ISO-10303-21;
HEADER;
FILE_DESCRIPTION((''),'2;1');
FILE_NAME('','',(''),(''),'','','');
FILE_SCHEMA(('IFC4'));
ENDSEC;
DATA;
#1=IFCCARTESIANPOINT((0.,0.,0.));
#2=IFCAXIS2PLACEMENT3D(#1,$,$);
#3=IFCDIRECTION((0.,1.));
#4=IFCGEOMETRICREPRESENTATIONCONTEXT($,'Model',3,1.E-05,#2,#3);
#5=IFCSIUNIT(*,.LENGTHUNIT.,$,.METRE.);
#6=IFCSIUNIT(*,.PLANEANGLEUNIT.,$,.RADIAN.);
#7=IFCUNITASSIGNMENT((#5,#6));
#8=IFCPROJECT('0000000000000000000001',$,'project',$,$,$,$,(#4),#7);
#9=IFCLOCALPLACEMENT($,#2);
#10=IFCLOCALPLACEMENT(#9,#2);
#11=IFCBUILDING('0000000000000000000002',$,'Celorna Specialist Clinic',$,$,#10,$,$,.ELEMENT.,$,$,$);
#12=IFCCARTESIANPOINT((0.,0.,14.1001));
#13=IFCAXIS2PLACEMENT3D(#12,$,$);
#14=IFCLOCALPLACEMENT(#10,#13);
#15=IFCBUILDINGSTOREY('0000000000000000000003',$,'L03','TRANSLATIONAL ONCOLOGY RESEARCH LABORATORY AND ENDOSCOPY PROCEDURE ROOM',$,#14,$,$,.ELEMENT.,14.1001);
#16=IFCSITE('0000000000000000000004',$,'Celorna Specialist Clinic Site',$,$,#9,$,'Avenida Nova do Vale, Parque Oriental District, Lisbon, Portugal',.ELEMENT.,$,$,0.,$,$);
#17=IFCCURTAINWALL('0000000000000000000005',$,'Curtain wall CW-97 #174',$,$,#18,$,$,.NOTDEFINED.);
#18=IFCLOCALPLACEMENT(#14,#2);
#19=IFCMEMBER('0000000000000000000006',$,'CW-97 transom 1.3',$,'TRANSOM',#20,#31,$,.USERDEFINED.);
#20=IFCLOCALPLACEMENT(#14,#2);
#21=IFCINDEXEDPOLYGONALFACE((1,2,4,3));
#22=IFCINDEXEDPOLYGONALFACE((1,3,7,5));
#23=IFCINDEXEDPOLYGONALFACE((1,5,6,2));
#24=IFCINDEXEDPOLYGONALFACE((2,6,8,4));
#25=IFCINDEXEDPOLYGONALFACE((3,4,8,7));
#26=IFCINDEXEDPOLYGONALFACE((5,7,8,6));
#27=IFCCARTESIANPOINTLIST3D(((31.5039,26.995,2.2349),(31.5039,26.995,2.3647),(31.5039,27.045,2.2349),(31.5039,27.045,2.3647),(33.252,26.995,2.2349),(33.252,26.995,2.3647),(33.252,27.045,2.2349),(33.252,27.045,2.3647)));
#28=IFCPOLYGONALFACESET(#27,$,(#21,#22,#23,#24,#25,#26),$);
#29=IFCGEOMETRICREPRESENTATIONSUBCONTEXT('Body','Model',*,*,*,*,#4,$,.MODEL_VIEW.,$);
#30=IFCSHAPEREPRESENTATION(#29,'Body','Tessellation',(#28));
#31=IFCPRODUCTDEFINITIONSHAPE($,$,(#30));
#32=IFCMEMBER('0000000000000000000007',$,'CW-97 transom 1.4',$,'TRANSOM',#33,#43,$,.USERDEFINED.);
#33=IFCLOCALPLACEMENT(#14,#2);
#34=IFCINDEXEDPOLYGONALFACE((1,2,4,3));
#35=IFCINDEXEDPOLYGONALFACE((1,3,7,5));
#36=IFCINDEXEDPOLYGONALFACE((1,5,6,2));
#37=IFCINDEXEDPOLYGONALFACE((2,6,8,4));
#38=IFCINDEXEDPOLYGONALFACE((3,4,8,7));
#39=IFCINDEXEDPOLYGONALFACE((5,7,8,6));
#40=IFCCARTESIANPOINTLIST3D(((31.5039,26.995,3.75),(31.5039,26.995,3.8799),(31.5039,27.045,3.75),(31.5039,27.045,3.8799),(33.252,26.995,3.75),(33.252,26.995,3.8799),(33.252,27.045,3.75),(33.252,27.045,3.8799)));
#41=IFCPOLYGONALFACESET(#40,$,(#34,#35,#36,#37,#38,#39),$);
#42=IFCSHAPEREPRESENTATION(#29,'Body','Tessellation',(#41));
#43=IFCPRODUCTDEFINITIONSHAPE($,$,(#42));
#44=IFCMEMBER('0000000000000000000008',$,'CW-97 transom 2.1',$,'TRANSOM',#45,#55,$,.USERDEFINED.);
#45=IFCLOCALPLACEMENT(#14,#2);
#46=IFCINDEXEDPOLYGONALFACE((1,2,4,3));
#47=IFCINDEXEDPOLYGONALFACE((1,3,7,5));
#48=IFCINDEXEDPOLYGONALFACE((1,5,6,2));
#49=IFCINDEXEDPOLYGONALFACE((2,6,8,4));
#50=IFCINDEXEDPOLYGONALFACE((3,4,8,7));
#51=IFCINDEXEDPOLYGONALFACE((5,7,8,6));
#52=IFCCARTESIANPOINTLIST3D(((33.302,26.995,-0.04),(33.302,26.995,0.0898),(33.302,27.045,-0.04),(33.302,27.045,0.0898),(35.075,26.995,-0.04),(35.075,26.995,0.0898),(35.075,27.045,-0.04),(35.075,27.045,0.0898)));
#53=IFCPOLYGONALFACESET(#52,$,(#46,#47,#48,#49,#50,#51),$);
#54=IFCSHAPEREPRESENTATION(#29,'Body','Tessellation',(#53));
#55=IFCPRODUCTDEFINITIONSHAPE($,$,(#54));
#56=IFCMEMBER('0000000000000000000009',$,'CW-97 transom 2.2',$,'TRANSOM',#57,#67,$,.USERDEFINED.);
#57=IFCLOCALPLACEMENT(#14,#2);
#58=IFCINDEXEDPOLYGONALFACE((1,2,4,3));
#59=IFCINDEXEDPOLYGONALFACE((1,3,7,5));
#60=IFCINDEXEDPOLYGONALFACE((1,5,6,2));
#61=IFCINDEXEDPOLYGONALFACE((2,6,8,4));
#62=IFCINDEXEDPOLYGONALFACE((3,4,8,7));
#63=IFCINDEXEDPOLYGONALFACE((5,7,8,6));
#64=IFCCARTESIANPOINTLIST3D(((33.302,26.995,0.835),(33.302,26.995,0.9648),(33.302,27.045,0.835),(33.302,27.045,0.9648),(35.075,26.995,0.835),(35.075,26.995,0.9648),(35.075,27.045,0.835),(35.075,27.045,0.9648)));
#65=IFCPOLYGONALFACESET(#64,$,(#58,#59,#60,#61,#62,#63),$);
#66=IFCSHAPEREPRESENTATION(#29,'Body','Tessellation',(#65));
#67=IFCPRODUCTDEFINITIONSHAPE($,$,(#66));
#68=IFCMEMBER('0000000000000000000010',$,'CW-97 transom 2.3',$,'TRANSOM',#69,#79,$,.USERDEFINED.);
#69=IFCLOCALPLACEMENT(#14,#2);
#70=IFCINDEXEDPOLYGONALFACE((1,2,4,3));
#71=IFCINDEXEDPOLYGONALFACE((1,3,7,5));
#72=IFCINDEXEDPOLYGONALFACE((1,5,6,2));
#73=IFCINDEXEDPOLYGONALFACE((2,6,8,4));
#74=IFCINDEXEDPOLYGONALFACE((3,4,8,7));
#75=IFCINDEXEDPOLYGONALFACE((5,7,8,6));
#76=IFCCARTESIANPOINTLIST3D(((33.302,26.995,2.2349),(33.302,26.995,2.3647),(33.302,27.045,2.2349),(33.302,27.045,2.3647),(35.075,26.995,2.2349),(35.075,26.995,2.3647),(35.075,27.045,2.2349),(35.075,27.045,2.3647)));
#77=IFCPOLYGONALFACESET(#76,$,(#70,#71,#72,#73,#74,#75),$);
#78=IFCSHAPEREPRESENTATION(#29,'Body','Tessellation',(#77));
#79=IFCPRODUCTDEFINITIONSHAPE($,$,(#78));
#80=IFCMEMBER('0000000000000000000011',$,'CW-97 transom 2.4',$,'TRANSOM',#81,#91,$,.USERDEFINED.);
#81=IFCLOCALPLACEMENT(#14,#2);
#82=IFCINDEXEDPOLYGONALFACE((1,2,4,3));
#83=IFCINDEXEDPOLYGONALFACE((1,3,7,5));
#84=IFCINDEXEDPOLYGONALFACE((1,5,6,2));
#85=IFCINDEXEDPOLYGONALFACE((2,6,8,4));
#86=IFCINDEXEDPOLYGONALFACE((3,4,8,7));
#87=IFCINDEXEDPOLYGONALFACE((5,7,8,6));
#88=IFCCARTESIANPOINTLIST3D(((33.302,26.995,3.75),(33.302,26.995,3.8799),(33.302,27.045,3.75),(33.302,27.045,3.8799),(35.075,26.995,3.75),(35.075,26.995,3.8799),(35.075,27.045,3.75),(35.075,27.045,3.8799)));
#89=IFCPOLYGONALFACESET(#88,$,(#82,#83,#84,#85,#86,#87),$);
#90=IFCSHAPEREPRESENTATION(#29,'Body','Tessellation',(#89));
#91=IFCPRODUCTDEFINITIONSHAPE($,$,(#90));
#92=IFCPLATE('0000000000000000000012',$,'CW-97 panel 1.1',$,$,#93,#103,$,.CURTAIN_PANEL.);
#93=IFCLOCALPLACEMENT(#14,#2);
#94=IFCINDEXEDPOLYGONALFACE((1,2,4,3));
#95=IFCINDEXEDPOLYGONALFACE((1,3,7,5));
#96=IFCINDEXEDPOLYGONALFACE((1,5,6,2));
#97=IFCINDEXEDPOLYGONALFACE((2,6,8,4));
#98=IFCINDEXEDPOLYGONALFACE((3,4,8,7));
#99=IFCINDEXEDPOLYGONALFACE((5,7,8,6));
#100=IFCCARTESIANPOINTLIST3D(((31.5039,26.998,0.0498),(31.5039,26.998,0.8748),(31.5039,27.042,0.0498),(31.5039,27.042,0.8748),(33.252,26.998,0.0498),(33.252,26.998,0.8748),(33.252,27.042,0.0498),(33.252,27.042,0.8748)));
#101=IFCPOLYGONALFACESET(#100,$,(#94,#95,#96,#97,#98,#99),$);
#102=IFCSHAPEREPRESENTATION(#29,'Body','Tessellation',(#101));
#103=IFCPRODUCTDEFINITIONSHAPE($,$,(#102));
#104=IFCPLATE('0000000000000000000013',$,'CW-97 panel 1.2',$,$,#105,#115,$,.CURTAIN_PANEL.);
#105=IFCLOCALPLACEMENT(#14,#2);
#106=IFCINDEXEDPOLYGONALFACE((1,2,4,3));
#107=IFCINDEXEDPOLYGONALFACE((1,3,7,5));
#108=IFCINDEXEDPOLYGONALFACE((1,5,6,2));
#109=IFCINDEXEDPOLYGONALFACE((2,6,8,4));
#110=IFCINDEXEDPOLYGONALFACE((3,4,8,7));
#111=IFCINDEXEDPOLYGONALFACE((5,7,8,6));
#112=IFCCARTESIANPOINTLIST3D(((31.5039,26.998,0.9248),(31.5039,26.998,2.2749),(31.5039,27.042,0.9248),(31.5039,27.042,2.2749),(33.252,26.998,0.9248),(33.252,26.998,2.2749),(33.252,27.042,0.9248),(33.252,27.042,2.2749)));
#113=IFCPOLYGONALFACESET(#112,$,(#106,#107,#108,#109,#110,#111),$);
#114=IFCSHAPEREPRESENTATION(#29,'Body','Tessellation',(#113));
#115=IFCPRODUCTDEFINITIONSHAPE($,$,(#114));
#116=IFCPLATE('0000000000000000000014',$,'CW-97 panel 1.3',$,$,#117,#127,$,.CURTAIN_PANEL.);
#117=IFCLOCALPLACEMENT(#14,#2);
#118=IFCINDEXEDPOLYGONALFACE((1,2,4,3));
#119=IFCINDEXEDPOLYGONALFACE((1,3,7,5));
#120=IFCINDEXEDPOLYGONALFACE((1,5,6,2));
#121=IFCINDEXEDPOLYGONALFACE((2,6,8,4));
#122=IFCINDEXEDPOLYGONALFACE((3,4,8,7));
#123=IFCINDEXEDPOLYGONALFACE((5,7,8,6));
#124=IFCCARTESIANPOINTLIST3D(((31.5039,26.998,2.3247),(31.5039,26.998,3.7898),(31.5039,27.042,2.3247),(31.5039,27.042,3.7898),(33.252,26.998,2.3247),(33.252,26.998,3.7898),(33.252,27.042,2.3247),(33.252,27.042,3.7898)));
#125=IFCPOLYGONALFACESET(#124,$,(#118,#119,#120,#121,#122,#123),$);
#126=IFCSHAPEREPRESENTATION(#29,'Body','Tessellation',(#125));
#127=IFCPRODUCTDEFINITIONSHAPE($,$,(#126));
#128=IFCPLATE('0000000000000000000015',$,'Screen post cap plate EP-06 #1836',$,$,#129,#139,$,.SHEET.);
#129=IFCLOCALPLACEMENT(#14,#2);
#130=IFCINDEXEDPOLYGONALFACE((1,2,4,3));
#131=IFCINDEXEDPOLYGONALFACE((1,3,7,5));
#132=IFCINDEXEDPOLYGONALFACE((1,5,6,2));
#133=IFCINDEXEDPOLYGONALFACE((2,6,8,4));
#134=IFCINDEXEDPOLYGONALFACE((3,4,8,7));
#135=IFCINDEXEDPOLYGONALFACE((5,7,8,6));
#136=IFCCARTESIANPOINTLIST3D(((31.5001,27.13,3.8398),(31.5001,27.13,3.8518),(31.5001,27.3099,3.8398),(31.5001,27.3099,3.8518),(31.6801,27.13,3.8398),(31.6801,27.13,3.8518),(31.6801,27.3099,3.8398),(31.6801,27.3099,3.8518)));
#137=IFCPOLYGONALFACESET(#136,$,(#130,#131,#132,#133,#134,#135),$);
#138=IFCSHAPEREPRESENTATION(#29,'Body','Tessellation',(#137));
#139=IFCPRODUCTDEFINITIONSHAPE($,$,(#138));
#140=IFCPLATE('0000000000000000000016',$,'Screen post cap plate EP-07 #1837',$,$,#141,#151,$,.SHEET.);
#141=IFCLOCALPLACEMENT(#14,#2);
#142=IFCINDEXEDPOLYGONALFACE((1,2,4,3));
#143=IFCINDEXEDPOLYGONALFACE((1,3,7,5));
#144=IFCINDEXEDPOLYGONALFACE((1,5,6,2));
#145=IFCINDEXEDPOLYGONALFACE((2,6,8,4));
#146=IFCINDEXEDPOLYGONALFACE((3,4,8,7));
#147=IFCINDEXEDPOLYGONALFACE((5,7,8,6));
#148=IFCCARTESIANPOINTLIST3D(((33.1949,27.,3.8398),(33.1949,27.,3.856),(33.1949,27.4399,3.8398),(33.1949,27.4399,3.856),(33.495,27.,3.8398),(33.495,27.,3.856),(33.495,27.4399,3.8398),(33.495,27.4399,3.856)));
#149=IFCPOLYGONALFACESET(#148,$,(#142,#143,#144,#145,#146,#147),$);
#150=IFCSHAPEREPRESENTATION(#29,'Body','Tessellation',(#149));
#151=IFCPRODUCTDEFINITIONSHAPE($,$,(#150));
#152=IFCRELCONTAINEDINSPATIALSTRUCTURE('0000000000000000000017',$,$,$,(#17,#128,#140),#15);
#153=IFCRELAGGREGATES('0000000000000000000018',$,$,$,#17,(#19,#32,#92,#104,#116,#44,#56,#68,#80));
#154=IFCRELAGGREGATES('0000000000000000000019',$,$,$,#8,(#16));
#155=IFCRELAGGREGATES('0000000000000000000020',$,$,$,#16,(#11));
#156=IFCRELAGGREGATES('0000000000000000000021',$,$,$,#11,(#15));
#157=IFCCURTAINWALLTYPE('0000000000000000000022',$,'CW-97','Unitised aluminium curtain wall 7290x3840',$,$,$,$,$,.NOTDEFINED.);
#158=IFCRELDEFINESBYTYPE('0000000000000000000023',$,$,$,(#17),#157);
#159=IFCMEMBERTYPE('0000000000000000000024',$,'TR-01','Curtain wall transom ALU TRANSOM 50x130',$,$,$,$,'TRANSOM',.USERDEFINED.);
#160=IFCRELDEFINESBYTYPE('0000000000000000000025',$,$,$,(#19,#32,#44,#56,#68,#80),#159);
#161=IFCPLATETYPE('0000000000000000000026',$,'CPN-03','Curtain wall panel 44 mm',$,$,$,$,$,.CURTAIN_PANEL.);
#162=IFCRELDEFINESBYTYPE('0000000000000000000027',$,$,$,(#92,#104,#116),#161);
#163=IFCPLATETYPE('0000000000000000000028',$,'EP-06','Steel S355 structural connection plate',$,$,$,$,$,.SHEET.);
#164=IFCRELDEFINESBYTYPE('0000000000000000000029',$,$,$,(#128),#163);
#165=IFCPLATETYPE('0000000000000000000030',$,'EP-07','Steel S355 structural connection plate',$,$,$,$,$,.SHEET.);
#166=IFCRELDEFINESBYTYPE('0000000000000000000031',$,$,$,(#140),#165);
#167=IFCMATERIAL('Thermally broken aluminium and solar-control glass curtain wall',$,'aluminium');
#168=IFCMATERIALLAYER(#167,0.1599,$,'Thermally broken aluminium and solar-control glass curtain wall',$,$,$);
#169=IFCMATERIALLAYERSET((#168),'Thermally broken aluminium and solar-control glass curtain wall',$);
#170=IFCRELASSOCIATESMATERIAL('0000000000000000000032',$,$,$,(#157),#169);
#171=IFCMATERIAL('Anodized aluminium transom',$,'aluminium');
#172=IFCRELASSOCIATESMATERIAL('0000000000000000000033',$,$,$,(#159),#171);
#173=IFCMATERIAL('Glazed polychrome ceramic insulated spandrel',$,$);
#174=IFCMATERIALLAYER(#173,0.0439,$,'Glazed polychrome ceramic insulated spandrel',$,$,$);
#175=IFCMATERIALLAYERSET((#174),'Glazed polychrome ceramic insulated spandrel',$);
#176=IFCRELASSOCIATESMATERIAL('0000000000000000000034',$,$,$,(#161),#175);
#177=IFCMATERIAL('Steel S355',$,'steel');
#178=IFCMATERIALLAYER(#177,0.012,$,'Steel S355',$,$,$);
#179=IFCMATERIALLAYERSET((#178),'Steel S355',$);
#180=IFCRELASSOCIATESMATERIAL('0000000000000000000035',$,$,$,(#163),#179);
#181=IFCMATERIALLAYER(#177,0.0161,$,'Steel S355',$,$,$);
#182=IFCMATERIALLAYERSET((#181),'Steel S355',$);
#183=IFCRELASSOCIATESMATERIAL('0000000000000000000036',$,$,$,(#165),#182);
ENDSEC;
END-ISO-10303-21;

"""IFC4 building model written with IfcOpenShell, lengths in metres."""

from ifc_helpers import new_model, si_unit, direction, frame, origin, origin_2d, place, context, subcontext, project, spatial, rectangle, extrude, material, layer, layer_set, material_profile, profile_set, type_object, element, aggregate, save


model = new_model("IFC4")

# Units and contexts
model_context = context("Model", 3, precision=1e-05, world=origin(), true_north=direction((0.0, 1.0)))
body_context = subcontext(model_context, "Body", "Model", "MODEL_VIEW")
ifc_project = project(units=[si_unit("LENGTHUNIT", "METRE"), si_unit("PLANEANGLEUNIT", "RADIAN")], contexts=[model_context])

# Site, building, storey
site_placement = place(None, origin())
site = spatial("IfcSite", under=ifc_project, at=site_placement, Name="Celorna Specialist Clinic Site", LongName="Avenida Nova do Vale, Parque Oriental District, Lisbon, Portugal", CompositionType="ELEMENT", RefElevation=0.0)
building_placement = place(site_placement, origin())
building = spatial("IfcBuilding", under=site, at=building_placement, Name="Celorna Specialist Clinic", CompositionType="ELEMENT")
storey_placement = place(building_placement, frame((0.0, 0.0, 14.1001)))
storey = spatial("IfcBuildingStorey", under=building, at=storey_placement, Name="L03", Description="TRANSLATIONAL ONCOLOGY RESEARCH LABORATORY AND ENDOSCOPY PROCEDURE ROOM", CompositionType="ELEMENT", Elevation=14.1001)

# Shared definitions
ifc_material_1 = material(Name="Steel S355", Category="steel")

# Curtain wall, members, plates
ifc_material_2 = material(Name="Thermally broken aluminium and solar-control glass curtain wall", Category="aluminium")
ifc_layer_1 = layer(ifc_material_2, 0.1599, Name="Thermally broken aluminium and solar-control glass curtain wall")
ifc_layer_set_1 = layer_set([ifc_layer_1], Name="Thermally broken aluminium and solar-control glass curtain wall")
curtain_wall_type = type_object("IfcCurtainWallType", Name="CW-97", Description="Unitised aluminium curtain wall 7290x3840", PredefinedType="NOTDEFINED", material=ifc_layer_set_1)
curtain_wall_placement = place(storey_placement, origin())
curtain_wall = element("IfcCurtainWall", 1, at=curtain_wall_placement, inside=storey, type_object=curtain_wall_type, Name="Curtain wall CW-97 #174", PredefinedType="NOTDEFINED")
ifc_material_3 = material(Name="Anodized aluminium transom", Category="aluminium")
ifc_material_profile_1 = material_profile(ifc_material_3, rectangle(XDim=0.05, YDim=0.1299, at=origin_2d()), Name="ALU TRANSOM 50x130")
ifc_profile_set_1 = profile_set([ifc_material_profile_1], Name="Anodized aluminium transom")
member_type_1 = type_object("IfcMemberType", Name="TR-01", Description="Curtain wall transom ALU TRANSOM 50x130", ElementType="TRANSOM", PredefinedType="USERDEFINED", material=ifc_profile_set_1)
member_1_placement = place(storey_placement, frame((31.5039, 27.02, 2.2998), z_axis=(1.0, 0.0, 0.0), x_axis=(0.0, 1.0, 0.0)))
member_1 = element("IfcMember", 2, at=member_1_placement, type_object=member_type_1, Name="CW-97 transom 1.3", ObjectType="TRANSOM", PredefinedType="USERDEFINED", context=body_context, shape_type="SweptSolid", body=[
    extrude(rectangle(XDim=0.05, YDim=0.1299, at=origin_2d()), origin(), (0.0, 0.0, 1.0), 1.748),
])
member_2_placement = place(storey_placement, frame((31.5039, 27.02, 3.8149), z_axis=(1.0, 0.0, 0.0), x_axis=(0.0, 1.0, 0.0)))
member_2 = element("IfcMember", 3, at=member_2_placement, type_object=member_type_1, Name="CW-97 transom 1.4", ObjectType="TRANSOM", PredefinedType="USERDEFINED", context=body_context, shape_type="SweptSolid", body=[
    extrude(rectangle(XDim=0.05, YDim=0.1299, at=origin_2d()), origin(), (0.0, 0.0, 1.0), 1.748),
])
member_3_placement = place(storey_placement, frame((33.302, 27.02, 0.0249), z_axis=(1.0, 0.0, 0.0), x_axis=(0.0, 1.0, 0.0)))
member_3 = element("IfcMember", 4, at=member_3_placement, type_object=member_type_1, Name="CW-97 transom 2.1", ObjectType="TRANSOM", PredefinedType="USERDEFINED", context=body_context, shape_type="SweptSolid", body=[
    extrude(rectangle(XDim=0.05, YDim=0.1299, at=origin_2d()), origin(), (0.0, 0.0, 1.0), 1.7729),
])
member_4_placement = place(storey_placement, frame((33.302, 27.02, 0.8999), z_axis=(1.0, 0.0, 0.0), x_axis=(0.0, 1.0, 0.0)))
member_4 = element("IfcMember", 5, at=member_4_placement, type_object=member_type_1, Name="CW-97 transom 2.2", ObjectType="TRANSOM", PredefinedType="USERDEFINED", context=body_context, shape_type="SweptSolid", body=[
    extrude(rectangle(XDim=0.05, YDim=0.1299, at=origin_2d()), origin(), (0.0, 0.0, 1.0), 1.7729),
])
member_5_placement = place(storey_placement, frame((33.302, 27.02, 2.2998), z_axis=(1.0, 0.0, 0.0), x_axis=(0.0, 1.0, 0.0)))
member_5 = element("IfcMember", 6, at=member_5_placement, type_object=member_type_1, Name="CW-97 transom 2.3", ObjectType="TRANSOM", PredefinedType="USERDEFINED", context=body_context, shape_type="SweptSolid", body=[
    extrude(rectangle(XDim=0.05, YDim=0.1299, at=origin_2d()), origin(), (0.0, 0.0, 1.0), 1.7729),
])
member_6_placement = place(storey_placement, frame((33.302, 27.02, 3.8149), z_axis=(1.0, 0.0, 0.0), x_axis=(0.0, 1.0, 0.0)))
member_6 = element("IfcMember", 7, at=member_6_placement, type_object=member_type_1, Name="CW-97 transom 2.4", ObjectType="TRANSOM", PredefinedType="USERDEFINED", context=body_context, shape_type="SweptSolid", body=[
    extrude(rectangle(XDim=0.05, YDim=0.1299, at=origin_2d()), origin(), (0.0, 0.0, 1.0), 1.7729),
])
ifc_material_4 = material(Name="Glazed polychrome ceramic insulated spandrel")
ifc_layer_2 = layer(ifc_material_4, 0.0439, Name="Glazed polychrome ceramic insulated spandrel")
ifc_layer_set_2 = layer_set([ifc_layer_2], Name="Glazed polychrome ceramic insulated spandrel")
plate_type_1 = type_object("IfcPlateType", Name="CPN-03", Description="Curtain wall panel 44 mm", PredefinedType="CURTAIN_PANEL", material=ifc_layer_set_2)
plate_1_placement = place(storey_placement, frame((32.3779, 27.02, 0.0498), z_axis=(0.0, 0.0, 1.0), x_axis=(1.0, 0.0, 0.0)))
plate_1 = element("IfcPlate", 8, at=plate_1_placement, type_object=plate_type_1, Name="CW-97 panel 1.1", PredefinedType="CURTAIN_PANEL", context=body_context, shape_type="SweptSolid", body=[
    extrude(rectangle(XDim=1.748, YDim=0.0439, at=origin_2d()), origin(), (0.0, 0.0, 1.0), 0.825),
])
plate_2_placement = place(storey_placement, frame((32.3779, 27.02, 0.9248), z_axis=(0.0, 0.0, 1.0), x_axis=(1.0, 0.0, 0.0)))
plate_2 = element("IfcPlate", 9, at=plate_2_placement, type_object=plate_type_1, Name="CW-97 panel 1.2", PredefinedType="CURTAIN_PANEL", context=body_context, shape_type="SweptSolid", body=[
    extrude(rectangle(XDim=1.748, YDim=0.0439, at=origin_2d()), origin(), (0.0, 0.0, 1.0), 1.3501),
])
plate_3_placement = place(storey_placement, frame((32.3779, 27.02, 2.3247), z_axis=(0.0, 0.0, 1.0), x_axis=(1.0, 0.0, 0.0)))
plate_3 = element("IfcPlate", 10, at=plate_3_placement, type_object=plate_type_1, Name="CW-97 panel 1.3", PredefinedType="CURTAIN_PANEL", context=body_context, shape_type="SweptSolid", body=[
    extrude(rectangle(XDim=1.748, YDim=0.0439, at=origin_2d()), origin(), (0.0, 0.0, 1.0), 1.4651),
])
aggregate(curtain_wall, [member_1, member_2, plate_1, plate_2, plate_3, member_3, member_4, member_5, member_6])

# Plates
ifc_layer_3 = layer(ifc_material_1, 0.012, Name="Steel S355")
ifc_layer_set_3 = layer_set([ifc_layer_3], Name="Steel S355")
plate_type_2 = type_object("IfcPlateType", Name="EP-06", Description="Steel S355 structural connection plate", PredefinedType="SHEET", material=ifc_layer_set_3)
plate_4_placement = place(storey_placement, frame((31.5901, 27.22, 3.8398), z_axis=(0.0, 0.0, 1.0), x_axis=(1.0, 0.0, 0.0)))
element("IfcPlate", 11, at=plate_4_placement, inside=storey, type_object=plate_type_2, Name="Screen post cap plate EP-06 #1836", PredefinedType="SHEET", context=body_context, shape_type="SweptSolid", body=[
    extrude(rectangle(XDim=0.1799, YDim=0.1799, at=origin_2d()), origin(), (0.0, 0.0, 1.0), 0.012),
])
ifc_layer_4 = layer(ifc_material_1, 0.0161, Name="Steel S355")
ifc_layer_set_4 = layer_set([ifc_layer_4], Name="Steel S355")
plate_type_3 = type_object("IfcPlateType", Name="EP-07", Description="Steel S355 structural connection plate", PredefinedType="SHEET", material=ifc_layer_set_4)
plate_5_placement = place(storey_placement, frame((33.345, 27.22, 3.8398), z_axis=(0.0, 0.0, 1.0), x_axis=(1.0, 0.0, 0.0)))
element("IfcPlate", 12, at=plate_5_placement, inside=storey, type_object=plate_type_3, Name="Screen post cap plate EP-07 #1837", PredefinedType="SHEET", context=body_context, shape_type="SweptSolid", body=[
    extrude(rectangle(XDim=0.3, YDim=0.4399, at=origin_2d()), origin(), (0.0, 0.0, 1.0), 0.0161),
])

save(model, "model.ifc")
